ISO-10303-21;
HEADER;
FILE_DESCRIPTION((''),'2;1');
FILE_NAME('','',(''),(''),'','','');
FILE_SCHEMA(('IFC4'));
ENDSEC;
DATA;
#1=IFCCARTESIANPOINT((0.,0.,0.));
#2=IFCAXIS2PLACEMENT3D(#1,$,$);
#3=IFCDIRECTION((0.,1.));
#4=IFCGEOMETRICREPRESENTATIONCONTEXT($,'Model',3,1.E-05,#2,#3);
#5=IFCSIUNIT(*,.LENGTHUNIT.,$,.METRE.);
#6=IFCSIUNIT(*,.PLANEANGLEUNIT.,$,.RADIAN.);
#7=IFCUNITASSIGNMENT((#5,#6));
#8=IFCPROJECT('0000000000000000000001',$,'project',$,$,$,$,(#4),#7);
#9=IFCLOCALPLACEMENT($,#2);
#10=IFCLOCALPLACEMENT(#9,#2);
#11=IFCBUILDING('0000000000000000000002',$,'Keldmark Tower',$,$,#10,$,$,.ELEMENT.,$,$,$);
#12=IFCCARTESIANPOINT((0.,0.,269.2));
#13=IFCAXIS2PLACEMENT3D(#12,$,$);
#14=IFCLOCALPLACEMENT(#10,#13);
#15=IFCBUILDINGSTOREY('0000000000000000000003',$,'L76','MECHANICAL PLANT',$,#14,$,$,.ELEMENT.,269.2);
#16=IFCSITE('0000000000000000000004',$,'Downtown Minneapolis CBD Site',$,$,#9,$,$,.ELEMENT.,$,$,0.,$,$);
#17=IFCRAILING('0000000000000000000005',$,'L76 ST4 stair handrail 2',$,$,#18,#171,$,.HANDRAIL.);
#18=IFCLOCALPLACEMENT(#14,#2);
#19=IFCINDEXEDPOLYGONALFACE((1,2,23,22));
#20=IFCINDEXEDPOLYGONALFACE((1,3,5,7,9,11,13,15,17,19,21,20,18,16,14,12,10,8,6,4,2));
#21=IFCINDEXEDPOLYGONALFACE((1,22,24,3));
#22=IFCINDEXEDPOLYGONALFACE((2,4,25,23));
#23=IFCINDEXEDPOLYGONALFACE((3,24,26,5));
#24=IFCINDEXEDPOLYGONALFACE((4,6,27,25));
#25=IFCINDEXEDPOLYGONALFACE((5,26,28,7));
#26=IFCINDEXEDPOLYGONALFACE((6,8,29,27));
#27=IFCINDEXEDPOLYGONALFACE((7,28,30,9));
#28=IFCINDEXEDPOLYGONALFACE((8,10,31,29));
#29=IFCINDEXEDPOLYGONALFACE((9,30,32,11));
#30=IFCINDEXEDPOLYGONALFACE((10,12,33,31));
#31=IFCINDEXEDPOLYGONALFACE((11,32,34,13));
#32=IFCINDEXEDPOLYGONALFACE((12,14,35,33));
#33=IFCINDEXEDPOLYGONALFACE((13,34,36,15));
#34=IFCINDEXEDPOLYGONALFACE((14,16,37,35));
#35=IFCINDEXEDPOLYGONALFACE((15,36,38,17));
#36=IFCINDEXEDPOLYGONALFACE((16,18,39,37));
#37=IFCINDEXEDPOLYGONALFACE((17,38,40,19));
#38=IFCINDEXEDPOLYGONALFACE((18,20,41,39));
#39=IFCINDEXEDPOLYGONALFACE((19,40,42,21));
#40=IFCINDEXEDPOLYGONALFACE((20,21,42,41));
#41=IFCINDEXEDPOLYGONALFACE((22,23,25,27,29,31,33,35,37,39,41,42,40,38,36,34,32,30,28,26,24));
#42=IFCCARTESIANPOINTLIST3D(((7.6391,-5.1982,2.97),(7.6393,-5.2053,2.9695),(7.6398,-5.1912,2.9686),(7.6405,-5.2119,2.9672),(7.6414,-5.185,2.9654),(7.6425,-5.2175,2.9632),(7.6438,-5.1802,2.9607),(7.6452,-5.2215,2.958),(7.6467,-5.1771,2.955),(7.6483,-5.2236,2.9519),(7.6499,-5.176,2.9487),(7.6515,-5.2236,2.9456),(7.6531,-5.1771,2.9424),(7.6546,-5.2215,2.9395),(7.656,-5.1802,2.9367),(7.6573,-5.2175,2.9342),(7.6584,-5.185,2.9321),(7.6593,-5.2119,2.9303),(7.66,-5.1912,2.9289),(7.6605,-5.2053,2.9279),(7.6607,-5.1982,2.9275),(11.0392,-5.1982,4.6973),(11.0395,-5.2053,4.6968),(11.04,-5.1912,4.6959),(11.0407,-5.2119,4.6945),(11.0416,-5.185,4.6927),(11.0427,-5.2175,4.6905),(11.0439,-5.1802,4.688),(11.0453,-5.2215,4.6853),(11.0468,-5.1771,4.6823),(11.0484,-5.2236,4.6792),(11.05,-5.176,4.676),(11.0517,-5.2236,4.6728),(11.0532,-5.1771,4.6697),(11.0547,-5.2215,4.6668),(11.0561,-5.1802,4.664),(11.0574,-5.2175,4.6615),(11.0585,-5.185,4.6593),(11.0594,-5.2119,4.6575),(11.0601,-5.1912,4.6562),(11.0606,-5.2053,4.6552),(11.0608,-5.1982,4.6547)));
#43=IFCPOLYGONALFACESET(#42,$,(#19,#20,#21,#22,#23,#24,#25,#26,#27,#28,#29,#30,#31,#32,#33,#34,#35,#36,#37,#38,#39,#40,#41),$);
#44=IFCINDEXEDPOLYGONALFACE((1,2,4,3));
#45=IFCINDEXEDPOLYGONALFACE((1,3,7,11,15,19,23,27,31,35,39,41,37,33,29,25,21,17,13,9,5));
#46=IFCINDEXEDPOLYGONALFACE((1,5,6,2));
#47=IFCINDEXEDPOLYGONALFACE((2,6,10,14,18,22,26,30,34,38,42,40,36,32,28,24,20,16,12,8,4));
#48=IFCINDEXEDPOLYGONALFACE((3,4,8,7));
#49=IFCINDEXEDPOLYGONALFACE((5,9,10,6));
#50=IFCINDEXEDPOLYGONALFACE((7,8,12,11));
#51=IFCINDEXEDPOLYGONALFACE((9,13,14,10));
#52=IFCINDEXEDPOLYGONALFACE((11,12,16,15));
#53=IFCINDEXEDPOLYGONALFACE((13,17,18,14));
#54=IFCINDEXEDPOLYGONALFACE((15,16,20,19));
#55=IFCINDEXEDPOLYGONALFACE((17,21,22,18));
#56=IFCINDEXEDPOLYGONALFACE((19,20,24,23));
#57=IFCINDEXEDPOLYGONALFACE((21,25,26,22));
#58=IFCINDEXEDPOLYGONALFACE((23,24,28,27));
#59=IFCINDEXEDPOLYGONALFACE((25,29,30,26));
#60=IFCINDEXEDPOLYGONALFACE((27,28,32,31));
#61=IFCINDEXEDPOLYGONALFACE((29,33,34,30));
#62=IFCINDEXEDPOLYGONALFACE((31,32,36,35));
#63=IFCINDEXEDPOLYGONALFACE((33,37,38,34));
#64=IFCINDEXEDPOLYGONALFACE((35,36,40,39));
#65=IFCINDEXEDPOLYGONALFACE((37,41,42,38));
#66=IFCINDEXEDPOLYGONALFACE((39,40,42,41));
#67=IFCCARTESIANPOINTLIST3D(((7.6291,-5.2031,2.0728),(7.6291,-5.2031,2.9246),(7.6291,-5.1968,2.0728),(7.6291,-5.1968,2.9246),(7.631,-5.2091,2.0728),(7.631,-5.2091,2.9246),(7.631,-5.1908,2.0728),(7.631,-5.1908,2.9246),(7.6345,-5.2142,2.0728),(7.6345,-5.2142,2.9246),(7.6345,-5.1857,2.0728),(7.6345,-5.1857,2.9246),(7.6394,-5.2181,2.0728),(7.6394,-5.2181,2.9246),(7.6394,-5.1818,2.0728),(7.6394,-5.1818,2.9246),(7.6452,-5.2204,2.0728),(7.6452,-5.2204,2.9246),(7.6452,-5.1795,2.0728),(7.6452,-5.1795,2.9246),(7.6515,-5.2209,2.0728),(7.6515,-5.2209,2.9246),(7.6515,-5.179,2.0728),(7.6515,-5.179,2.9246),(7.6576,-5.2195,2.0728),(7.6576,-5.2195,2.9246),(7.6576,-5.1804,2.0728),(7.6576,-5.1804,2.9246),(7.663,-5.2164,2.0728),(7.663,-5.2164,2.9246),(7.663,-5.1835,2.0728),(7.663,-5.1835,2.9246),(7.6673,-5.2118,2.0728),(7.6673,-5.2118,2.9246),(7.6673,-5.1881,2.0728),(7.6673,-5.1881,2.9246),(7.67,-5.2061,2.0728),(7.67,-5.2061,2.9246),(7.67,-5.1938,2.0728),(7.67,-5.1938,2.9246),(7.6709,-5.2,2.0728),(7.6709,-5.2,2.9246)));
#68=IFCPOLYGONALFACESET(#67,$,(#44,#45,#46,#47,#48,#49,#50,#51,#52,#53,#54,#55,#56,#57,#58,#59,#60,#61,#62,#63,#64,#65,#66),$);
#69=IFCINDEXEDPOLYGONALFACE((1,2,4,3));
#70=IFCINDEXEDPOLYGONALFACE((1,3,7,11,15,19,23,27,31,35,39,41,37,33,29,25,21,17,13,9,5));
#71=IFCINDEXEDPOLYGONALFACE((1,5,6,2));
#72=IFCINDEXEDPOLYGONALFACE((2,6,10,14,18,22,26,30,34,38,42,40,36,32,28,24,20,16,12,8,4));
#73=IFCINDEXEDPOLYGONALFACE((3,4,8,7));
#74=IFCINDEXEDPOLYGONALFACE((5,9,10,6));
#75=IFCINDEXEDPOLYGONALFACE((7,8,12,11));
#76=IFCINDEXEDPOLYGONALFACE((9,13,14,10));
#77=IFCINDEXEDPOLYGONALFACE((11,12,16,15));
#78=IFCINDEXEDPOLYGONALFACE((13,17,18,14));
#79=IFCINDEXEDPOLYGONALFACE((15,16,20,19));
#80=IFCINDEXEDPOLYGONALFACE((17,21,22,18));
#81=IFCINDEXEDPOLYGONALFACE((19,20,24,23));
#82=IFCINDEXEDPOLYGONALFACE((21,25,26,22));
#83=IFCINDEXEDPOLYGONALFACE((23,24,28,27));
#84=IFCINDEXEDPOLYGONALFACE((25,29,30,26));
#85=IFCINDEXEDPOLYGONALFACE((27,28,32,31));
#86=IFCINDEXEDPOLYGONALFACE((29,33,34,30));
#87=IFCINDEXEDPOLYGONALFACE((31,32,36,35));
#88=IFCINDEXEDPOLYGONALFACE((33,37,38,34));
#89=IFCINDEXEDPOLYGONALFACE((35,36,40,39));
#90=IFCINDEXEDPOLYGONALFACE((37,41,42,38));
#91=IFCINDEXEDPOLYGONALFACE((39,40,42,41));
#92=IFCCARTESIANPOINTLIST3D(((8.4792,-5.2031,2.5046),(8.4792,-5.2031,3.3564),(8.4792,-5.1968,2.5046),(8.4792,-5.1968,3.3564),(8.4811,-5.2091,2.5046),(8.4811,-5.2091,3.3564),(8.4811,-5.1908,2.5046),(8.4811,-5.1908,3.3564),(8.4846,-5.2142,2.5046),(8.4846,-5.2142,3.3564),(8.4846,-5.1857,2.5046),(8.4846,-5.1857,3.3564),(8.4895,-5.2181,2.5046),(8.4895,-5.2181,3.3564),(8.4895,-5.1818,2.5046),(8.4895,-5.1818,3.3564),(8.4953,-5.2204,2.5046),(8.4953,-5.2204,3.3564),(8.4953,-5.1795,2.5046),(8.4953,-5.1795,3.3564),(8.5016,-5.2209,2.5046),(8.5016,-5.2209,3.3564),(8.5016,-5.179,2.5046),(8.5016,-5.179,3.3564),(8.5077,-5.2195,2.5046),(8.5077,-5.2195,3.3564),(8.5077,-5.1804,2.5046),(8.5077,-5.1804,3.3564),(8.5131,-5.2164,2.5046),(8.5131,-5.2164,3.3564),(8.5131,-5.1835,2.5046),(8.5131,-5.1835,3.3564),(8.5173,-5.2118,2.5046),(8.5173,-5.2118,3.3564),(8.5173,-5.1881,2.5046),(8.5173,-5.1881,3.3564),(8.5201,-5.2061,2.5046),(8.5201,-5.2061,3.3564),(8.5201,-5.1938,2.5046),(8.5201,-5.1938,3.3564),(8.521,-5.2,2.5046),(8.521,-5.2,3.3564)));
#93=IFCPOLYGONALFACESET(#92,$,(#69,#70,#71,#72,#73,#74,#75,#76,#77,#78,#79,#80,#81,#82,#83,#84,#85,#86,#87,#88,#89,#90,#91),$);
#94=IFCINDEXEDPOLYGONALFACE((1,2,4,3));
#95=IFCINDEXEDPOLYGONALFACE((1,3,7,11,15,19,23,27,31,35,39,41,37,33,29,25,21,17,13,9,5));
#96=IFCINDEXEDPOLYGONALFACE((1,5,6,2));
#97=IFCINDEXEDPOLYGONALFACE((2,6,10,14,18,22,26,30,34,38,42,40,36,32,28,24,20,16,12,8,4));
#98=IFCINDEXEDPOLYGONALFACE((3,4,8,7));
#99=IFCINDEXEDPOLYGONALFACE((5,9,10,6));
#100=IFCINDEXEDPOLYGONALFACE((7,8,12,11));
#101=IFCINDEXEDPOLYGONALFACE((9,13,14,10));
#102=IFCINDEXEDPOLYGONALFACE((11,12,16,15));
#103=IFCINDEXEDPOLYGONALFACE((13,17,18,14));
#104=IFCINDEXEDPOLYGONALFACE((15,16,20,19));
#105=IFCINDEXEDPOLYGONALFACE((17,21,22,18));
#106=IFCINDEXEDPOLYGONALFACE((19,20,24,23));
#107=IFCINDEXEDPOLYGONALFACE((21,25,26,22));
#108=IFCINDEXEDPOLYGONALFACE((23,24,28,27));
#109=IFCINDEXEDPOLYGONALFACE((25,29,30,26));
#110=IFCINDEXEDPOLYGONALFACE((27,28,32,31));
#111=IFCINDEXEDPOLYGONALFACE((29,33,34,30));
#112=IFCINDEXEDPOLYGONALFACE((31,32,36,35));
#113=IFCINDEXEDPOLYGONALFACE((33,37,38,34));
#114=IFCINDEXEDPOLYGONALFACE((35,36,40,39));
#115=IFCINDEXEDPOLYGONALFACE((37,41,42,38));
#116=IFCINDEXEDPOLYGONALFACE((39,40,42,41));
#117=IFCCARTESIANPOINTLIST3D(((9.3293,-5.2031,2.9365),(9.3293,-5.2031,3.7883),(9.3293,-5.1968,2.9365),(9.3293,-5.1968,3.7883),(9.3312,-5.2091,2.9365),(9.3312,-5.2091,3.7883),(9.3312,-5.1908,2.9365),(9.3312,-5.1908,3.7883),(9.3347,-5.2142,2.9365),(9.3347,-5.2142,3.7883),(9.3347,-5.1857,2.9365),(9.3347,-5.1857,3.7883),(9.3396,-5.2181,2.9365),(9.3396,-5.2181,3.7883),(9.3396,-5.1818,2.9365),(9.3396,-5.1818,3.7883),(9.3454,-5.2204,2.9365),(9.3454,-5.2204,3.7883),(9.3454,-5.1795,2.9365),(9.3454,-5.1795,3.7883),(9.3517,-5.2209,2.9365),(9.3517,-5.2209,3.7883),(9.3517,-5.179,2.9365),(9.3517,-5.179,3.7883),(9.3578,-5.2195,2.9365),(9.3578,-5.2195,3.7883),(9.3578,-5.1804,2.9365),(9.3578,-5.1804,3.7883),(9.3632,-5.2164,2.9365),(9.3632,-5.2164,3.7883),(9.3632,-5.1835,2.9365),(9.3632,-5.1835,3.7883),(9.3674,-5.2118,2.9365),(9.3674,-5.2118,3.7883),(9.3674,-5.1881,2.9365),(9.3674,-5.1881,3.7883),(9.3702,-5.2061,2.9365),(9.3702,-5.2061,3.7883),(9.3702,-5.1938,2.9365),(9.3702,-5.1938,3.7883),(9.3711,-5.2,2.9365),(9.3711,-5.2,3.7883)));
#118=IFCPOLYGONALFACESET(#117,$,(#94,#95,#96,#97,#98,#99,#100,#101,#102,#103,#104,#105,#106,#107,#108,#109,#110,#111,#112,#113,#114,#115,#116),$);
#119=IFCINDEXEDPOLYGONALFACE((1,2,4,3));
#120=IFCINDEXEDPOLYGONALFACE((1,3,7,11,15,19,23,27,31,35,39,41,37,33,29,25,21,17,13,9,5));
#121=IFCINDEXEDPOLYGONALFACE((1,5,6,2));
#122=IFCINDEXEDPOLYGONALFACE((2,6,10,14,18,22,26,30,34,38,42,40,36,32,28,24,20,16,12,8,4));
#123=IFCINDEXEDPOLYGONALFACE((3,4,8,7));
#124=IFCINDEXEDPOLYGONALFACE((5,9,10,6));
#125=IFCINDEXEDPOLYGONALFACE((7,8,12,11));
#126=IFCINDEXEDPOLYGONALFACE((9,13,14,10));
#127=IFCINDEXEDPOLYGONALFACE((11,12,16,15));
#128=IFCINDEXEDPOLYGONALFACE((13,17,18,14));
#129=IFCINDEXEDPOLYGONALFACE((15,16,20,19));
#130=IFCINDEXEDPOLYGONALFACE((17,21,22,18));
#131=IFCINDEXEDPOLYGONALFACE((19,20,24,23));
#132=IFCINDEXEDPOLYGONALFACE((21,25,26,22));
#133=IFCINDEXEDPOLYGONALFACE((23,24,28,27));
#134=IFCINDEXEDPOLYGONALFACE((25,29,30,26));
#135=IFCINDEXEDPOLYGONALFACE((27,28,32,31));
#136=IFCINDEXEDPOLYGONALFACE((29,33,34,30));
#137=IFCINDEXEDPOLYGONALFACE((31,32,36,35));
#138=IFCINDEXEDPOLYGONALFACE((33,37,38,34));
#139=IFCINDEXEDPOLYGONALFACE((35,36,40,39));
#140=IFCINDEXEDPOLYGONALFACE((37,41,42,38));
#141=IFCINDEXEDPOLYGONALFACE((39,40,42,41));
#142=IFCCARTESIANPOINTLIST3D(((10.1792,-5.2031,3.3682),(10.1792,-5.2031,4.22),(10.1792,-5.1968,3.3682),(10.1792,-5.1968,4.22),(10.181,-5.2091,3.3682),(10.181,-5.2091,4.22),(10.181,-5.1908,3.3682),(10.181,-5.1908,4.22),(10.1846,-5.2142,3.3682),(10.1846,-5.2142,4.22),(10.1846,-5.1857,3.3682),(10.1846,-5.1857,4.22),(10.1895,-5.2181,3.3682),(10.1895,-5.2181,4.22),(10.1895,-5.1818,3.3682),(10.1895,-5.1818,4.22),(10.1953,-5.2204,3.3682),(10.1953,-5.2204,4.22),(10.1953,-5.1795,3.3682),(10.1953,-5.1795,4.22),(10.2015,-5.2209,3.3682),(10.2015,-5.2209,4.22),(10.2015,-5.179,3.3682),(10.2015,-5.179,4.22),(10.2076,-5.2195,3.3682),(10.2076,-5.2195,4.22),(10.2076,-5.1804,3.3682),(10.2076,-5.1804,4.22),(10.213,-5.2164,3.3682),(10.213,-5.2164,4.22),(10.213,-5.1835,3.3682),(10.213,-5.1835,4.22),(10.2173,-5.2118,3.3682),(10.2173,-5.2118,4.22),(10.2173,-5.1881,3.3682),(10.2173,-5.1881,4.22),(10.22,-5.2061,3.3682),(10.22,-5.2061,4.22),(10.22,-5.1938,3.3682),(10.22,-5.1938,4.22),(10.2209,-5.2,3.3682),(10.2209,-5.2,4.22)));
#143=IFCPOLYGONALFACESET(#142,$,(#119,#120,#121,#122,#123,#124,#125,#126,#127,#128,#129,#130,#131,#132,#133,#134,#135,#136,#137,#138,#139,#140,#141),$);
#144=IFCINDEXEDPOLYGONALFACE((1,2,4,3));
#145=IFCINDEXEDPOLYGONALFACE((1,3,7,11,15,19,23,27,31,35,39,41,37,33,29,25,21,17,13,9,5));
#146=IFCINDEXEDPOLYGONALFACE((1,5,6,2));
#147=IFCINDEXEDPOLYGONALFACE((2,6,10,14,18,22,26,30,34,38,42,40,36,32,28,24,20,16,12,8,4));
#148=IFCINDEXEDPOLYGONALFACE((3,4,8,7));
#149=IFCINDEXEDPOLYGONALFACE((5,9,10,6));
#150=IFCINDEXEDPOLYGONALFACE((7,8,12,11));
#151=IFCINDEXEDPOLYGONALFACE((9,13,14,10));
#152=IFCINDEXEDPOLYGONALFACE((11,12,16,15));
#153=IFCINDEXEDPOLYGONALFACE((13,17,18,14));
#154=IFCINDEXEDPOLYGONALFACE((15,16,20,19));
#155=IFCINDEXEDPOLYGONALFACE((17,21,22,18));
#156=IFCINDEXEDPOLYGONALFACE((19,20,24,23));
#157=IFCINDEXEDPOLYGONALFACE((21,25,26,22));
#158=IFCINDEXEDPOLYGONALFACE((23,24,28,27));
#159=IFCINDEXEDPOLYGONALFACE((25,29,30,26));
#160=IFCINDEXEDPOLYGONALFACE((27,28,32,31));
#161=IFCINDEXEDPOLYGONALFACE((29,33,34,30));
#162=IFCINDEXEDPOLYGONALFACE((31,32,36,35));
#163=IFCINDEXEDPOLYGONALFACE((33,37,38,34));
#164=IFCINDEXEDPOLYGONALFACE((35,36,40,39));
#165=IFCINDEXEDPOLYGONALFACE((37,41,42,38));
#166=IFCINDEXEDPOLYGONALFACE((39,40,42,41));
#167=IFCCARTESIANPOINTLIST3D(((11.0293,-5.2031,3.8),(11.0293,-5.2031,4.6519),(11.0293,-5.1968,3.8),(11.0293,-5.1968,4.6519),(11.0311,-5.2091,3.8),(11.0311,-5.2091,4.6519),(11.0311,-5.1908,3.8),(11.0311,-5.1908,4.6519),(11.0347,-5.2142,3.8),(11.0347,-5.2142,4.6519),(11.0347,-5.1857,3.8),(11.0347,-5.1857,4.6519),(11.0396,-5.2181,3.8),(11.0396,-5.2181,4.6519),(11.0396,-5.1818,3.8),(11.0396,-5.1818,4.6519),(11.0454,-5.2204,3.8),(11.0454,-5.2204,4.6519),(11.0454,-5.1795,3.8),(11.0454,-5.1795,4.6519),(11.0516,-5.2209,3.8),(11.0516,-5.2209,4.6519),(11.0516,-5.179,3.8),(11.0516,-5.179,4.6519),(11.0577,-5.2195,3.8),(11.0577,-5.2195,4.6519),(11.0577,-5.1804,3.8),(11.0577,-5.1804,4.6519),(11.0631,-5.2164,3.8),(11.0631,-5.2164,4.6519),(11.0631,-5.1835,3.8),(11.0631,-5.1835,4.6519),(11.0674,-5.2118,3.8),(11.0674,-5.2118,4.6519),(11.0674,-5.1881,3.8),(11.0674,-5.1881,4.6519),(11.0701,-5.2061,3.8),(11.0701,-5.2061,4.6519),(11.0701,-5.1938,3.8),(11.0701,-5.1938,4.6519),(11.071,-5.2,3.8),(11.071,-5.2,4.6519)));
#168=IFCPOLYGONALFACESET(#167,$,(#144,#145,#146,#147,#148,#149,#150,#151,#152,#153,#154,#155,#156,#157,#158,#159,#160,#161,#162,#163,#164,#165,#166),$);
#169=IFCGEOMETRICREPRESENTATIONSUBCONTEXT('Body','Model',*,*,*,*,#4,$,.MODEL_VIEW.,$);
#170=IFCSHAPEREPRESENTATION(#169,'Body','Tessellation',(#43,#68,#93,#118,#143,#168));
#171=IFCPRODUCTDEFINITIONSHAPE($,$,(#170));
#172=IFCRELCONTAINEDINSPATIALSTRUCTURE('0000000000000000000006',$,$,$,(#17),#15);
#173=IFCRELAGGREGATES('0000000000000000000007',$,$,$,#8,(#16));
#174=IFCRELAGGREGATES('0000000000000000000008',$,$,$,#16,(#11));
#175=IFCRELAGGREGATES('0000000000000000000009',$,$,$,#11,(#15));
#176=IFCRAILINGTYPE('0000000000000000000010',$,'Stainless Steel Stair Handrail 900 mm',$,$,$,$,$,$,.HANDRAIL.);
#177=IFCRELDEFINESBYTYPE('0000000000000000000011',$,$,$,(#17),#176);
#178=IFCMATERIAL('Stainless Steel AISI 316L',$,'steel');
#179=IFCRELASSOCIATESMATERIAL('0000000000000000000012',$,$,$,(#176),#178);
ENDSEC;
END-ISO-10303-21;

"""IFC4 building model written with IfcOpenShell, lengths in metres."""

from ifc_helpers import new_model, si_unit, direction, frame, origin, origin_2d, place, context, subcontext, project, spatial, circle, extrude, material, type_object, element, save


model = new_model("IFC4")

# Units and contexts
model_context = context("Model", 3, precision=1e-05, world=origin(), true_north=direction((0.0, 1.0)))
body_context = subcontext(model_context, "Body", "Model", "MODEL_VIEW")
ifc_project = project(units=[si_unit("LENGTHUNIT", "METRE"), si_unit("PLANEANGLEUNIT", "RADIAN")], contexts=[model_context])

# Site, building, storey
site_placement = place(None, origin())
site = spatial("IfcSite", under=ifc_project, at=site_placement, Name="Downtown Minneapolis CBD Site", CompositionType="ELEMENT", RefElevation=0.0)
building_placement = place(site_placement, origin())
building = spatial("IfcBuilding", under=site, at=building_placement, Name="Keldmark Tower", CompositionType="ELEMENT")
storey_placement = place(building_placement, frame((0.0, 0.0, 269.2)))
storey = spatial("IfcBuildingStorey", under=building, at=storey_placement, Name="L76", Description="MECHANICAL PLANT", CompositionType="ELEMENT", Elevation=269.2)

# Railing
ifc_material_1 = material(Name="Stainless Steel AISI 316L", Category="steel")
railing_type_1 = type_object("IfcRailingType", Name="Stainless Steel Stair Handrail 900 mm", PredefinedType="HANDRAIL", material=ifc_material_1)
railing_1_placement = place(storey_placement, frame((7.6499, -5.2, 2.0728)))
element("IfcRailing", 1, at=railing_1_placement, inside=storey, type_object=railing_type_1, Name="L76 ST4 stair handrail 2", PredefinedType="HANDRAIL", context=body_context, shape_type="SweptSolid", body=[
    extrude(circle(Radius=0.0239, at=origin_2d()), frame((0.0, 0.0, 0.876), z_axis=(0.891554, 0.0, 0.452915), x_axis=(0.0, 1.0, 0.0)), (0.0, 0.0, 1.0), 3.8137),
    extrude(circle(Radius=0.021, at=origin_2d()), origin(), (0.0, 0.0, 1.0), 0.8518),
    extrude(circle(Radius=0.021, at=origin_2d()), frame((0.8501, 0.0, 0.4319)), (0.0, 0.0, 1.0), 0.8518),
    extrude(circle(Radius=0.021, at=origin_2d()), frame((1.7002, 0.0, 0.8638)), (0.0, 0.0, 1.0), 0.8518),
    extrude(circle(Radius=0.021, at=origin_2d()), frame((2.55, 0.0, 1.2954)), (0.0, 0.0, 1.0), 0.8518),
    extrude(circle(Radius=0.021, at=origin_2d()), frame((3.4001, 0.0, 1.7273)), (0.0, 0.0, 1.0), 0.8518),
])

save(model, "model.ifc")
